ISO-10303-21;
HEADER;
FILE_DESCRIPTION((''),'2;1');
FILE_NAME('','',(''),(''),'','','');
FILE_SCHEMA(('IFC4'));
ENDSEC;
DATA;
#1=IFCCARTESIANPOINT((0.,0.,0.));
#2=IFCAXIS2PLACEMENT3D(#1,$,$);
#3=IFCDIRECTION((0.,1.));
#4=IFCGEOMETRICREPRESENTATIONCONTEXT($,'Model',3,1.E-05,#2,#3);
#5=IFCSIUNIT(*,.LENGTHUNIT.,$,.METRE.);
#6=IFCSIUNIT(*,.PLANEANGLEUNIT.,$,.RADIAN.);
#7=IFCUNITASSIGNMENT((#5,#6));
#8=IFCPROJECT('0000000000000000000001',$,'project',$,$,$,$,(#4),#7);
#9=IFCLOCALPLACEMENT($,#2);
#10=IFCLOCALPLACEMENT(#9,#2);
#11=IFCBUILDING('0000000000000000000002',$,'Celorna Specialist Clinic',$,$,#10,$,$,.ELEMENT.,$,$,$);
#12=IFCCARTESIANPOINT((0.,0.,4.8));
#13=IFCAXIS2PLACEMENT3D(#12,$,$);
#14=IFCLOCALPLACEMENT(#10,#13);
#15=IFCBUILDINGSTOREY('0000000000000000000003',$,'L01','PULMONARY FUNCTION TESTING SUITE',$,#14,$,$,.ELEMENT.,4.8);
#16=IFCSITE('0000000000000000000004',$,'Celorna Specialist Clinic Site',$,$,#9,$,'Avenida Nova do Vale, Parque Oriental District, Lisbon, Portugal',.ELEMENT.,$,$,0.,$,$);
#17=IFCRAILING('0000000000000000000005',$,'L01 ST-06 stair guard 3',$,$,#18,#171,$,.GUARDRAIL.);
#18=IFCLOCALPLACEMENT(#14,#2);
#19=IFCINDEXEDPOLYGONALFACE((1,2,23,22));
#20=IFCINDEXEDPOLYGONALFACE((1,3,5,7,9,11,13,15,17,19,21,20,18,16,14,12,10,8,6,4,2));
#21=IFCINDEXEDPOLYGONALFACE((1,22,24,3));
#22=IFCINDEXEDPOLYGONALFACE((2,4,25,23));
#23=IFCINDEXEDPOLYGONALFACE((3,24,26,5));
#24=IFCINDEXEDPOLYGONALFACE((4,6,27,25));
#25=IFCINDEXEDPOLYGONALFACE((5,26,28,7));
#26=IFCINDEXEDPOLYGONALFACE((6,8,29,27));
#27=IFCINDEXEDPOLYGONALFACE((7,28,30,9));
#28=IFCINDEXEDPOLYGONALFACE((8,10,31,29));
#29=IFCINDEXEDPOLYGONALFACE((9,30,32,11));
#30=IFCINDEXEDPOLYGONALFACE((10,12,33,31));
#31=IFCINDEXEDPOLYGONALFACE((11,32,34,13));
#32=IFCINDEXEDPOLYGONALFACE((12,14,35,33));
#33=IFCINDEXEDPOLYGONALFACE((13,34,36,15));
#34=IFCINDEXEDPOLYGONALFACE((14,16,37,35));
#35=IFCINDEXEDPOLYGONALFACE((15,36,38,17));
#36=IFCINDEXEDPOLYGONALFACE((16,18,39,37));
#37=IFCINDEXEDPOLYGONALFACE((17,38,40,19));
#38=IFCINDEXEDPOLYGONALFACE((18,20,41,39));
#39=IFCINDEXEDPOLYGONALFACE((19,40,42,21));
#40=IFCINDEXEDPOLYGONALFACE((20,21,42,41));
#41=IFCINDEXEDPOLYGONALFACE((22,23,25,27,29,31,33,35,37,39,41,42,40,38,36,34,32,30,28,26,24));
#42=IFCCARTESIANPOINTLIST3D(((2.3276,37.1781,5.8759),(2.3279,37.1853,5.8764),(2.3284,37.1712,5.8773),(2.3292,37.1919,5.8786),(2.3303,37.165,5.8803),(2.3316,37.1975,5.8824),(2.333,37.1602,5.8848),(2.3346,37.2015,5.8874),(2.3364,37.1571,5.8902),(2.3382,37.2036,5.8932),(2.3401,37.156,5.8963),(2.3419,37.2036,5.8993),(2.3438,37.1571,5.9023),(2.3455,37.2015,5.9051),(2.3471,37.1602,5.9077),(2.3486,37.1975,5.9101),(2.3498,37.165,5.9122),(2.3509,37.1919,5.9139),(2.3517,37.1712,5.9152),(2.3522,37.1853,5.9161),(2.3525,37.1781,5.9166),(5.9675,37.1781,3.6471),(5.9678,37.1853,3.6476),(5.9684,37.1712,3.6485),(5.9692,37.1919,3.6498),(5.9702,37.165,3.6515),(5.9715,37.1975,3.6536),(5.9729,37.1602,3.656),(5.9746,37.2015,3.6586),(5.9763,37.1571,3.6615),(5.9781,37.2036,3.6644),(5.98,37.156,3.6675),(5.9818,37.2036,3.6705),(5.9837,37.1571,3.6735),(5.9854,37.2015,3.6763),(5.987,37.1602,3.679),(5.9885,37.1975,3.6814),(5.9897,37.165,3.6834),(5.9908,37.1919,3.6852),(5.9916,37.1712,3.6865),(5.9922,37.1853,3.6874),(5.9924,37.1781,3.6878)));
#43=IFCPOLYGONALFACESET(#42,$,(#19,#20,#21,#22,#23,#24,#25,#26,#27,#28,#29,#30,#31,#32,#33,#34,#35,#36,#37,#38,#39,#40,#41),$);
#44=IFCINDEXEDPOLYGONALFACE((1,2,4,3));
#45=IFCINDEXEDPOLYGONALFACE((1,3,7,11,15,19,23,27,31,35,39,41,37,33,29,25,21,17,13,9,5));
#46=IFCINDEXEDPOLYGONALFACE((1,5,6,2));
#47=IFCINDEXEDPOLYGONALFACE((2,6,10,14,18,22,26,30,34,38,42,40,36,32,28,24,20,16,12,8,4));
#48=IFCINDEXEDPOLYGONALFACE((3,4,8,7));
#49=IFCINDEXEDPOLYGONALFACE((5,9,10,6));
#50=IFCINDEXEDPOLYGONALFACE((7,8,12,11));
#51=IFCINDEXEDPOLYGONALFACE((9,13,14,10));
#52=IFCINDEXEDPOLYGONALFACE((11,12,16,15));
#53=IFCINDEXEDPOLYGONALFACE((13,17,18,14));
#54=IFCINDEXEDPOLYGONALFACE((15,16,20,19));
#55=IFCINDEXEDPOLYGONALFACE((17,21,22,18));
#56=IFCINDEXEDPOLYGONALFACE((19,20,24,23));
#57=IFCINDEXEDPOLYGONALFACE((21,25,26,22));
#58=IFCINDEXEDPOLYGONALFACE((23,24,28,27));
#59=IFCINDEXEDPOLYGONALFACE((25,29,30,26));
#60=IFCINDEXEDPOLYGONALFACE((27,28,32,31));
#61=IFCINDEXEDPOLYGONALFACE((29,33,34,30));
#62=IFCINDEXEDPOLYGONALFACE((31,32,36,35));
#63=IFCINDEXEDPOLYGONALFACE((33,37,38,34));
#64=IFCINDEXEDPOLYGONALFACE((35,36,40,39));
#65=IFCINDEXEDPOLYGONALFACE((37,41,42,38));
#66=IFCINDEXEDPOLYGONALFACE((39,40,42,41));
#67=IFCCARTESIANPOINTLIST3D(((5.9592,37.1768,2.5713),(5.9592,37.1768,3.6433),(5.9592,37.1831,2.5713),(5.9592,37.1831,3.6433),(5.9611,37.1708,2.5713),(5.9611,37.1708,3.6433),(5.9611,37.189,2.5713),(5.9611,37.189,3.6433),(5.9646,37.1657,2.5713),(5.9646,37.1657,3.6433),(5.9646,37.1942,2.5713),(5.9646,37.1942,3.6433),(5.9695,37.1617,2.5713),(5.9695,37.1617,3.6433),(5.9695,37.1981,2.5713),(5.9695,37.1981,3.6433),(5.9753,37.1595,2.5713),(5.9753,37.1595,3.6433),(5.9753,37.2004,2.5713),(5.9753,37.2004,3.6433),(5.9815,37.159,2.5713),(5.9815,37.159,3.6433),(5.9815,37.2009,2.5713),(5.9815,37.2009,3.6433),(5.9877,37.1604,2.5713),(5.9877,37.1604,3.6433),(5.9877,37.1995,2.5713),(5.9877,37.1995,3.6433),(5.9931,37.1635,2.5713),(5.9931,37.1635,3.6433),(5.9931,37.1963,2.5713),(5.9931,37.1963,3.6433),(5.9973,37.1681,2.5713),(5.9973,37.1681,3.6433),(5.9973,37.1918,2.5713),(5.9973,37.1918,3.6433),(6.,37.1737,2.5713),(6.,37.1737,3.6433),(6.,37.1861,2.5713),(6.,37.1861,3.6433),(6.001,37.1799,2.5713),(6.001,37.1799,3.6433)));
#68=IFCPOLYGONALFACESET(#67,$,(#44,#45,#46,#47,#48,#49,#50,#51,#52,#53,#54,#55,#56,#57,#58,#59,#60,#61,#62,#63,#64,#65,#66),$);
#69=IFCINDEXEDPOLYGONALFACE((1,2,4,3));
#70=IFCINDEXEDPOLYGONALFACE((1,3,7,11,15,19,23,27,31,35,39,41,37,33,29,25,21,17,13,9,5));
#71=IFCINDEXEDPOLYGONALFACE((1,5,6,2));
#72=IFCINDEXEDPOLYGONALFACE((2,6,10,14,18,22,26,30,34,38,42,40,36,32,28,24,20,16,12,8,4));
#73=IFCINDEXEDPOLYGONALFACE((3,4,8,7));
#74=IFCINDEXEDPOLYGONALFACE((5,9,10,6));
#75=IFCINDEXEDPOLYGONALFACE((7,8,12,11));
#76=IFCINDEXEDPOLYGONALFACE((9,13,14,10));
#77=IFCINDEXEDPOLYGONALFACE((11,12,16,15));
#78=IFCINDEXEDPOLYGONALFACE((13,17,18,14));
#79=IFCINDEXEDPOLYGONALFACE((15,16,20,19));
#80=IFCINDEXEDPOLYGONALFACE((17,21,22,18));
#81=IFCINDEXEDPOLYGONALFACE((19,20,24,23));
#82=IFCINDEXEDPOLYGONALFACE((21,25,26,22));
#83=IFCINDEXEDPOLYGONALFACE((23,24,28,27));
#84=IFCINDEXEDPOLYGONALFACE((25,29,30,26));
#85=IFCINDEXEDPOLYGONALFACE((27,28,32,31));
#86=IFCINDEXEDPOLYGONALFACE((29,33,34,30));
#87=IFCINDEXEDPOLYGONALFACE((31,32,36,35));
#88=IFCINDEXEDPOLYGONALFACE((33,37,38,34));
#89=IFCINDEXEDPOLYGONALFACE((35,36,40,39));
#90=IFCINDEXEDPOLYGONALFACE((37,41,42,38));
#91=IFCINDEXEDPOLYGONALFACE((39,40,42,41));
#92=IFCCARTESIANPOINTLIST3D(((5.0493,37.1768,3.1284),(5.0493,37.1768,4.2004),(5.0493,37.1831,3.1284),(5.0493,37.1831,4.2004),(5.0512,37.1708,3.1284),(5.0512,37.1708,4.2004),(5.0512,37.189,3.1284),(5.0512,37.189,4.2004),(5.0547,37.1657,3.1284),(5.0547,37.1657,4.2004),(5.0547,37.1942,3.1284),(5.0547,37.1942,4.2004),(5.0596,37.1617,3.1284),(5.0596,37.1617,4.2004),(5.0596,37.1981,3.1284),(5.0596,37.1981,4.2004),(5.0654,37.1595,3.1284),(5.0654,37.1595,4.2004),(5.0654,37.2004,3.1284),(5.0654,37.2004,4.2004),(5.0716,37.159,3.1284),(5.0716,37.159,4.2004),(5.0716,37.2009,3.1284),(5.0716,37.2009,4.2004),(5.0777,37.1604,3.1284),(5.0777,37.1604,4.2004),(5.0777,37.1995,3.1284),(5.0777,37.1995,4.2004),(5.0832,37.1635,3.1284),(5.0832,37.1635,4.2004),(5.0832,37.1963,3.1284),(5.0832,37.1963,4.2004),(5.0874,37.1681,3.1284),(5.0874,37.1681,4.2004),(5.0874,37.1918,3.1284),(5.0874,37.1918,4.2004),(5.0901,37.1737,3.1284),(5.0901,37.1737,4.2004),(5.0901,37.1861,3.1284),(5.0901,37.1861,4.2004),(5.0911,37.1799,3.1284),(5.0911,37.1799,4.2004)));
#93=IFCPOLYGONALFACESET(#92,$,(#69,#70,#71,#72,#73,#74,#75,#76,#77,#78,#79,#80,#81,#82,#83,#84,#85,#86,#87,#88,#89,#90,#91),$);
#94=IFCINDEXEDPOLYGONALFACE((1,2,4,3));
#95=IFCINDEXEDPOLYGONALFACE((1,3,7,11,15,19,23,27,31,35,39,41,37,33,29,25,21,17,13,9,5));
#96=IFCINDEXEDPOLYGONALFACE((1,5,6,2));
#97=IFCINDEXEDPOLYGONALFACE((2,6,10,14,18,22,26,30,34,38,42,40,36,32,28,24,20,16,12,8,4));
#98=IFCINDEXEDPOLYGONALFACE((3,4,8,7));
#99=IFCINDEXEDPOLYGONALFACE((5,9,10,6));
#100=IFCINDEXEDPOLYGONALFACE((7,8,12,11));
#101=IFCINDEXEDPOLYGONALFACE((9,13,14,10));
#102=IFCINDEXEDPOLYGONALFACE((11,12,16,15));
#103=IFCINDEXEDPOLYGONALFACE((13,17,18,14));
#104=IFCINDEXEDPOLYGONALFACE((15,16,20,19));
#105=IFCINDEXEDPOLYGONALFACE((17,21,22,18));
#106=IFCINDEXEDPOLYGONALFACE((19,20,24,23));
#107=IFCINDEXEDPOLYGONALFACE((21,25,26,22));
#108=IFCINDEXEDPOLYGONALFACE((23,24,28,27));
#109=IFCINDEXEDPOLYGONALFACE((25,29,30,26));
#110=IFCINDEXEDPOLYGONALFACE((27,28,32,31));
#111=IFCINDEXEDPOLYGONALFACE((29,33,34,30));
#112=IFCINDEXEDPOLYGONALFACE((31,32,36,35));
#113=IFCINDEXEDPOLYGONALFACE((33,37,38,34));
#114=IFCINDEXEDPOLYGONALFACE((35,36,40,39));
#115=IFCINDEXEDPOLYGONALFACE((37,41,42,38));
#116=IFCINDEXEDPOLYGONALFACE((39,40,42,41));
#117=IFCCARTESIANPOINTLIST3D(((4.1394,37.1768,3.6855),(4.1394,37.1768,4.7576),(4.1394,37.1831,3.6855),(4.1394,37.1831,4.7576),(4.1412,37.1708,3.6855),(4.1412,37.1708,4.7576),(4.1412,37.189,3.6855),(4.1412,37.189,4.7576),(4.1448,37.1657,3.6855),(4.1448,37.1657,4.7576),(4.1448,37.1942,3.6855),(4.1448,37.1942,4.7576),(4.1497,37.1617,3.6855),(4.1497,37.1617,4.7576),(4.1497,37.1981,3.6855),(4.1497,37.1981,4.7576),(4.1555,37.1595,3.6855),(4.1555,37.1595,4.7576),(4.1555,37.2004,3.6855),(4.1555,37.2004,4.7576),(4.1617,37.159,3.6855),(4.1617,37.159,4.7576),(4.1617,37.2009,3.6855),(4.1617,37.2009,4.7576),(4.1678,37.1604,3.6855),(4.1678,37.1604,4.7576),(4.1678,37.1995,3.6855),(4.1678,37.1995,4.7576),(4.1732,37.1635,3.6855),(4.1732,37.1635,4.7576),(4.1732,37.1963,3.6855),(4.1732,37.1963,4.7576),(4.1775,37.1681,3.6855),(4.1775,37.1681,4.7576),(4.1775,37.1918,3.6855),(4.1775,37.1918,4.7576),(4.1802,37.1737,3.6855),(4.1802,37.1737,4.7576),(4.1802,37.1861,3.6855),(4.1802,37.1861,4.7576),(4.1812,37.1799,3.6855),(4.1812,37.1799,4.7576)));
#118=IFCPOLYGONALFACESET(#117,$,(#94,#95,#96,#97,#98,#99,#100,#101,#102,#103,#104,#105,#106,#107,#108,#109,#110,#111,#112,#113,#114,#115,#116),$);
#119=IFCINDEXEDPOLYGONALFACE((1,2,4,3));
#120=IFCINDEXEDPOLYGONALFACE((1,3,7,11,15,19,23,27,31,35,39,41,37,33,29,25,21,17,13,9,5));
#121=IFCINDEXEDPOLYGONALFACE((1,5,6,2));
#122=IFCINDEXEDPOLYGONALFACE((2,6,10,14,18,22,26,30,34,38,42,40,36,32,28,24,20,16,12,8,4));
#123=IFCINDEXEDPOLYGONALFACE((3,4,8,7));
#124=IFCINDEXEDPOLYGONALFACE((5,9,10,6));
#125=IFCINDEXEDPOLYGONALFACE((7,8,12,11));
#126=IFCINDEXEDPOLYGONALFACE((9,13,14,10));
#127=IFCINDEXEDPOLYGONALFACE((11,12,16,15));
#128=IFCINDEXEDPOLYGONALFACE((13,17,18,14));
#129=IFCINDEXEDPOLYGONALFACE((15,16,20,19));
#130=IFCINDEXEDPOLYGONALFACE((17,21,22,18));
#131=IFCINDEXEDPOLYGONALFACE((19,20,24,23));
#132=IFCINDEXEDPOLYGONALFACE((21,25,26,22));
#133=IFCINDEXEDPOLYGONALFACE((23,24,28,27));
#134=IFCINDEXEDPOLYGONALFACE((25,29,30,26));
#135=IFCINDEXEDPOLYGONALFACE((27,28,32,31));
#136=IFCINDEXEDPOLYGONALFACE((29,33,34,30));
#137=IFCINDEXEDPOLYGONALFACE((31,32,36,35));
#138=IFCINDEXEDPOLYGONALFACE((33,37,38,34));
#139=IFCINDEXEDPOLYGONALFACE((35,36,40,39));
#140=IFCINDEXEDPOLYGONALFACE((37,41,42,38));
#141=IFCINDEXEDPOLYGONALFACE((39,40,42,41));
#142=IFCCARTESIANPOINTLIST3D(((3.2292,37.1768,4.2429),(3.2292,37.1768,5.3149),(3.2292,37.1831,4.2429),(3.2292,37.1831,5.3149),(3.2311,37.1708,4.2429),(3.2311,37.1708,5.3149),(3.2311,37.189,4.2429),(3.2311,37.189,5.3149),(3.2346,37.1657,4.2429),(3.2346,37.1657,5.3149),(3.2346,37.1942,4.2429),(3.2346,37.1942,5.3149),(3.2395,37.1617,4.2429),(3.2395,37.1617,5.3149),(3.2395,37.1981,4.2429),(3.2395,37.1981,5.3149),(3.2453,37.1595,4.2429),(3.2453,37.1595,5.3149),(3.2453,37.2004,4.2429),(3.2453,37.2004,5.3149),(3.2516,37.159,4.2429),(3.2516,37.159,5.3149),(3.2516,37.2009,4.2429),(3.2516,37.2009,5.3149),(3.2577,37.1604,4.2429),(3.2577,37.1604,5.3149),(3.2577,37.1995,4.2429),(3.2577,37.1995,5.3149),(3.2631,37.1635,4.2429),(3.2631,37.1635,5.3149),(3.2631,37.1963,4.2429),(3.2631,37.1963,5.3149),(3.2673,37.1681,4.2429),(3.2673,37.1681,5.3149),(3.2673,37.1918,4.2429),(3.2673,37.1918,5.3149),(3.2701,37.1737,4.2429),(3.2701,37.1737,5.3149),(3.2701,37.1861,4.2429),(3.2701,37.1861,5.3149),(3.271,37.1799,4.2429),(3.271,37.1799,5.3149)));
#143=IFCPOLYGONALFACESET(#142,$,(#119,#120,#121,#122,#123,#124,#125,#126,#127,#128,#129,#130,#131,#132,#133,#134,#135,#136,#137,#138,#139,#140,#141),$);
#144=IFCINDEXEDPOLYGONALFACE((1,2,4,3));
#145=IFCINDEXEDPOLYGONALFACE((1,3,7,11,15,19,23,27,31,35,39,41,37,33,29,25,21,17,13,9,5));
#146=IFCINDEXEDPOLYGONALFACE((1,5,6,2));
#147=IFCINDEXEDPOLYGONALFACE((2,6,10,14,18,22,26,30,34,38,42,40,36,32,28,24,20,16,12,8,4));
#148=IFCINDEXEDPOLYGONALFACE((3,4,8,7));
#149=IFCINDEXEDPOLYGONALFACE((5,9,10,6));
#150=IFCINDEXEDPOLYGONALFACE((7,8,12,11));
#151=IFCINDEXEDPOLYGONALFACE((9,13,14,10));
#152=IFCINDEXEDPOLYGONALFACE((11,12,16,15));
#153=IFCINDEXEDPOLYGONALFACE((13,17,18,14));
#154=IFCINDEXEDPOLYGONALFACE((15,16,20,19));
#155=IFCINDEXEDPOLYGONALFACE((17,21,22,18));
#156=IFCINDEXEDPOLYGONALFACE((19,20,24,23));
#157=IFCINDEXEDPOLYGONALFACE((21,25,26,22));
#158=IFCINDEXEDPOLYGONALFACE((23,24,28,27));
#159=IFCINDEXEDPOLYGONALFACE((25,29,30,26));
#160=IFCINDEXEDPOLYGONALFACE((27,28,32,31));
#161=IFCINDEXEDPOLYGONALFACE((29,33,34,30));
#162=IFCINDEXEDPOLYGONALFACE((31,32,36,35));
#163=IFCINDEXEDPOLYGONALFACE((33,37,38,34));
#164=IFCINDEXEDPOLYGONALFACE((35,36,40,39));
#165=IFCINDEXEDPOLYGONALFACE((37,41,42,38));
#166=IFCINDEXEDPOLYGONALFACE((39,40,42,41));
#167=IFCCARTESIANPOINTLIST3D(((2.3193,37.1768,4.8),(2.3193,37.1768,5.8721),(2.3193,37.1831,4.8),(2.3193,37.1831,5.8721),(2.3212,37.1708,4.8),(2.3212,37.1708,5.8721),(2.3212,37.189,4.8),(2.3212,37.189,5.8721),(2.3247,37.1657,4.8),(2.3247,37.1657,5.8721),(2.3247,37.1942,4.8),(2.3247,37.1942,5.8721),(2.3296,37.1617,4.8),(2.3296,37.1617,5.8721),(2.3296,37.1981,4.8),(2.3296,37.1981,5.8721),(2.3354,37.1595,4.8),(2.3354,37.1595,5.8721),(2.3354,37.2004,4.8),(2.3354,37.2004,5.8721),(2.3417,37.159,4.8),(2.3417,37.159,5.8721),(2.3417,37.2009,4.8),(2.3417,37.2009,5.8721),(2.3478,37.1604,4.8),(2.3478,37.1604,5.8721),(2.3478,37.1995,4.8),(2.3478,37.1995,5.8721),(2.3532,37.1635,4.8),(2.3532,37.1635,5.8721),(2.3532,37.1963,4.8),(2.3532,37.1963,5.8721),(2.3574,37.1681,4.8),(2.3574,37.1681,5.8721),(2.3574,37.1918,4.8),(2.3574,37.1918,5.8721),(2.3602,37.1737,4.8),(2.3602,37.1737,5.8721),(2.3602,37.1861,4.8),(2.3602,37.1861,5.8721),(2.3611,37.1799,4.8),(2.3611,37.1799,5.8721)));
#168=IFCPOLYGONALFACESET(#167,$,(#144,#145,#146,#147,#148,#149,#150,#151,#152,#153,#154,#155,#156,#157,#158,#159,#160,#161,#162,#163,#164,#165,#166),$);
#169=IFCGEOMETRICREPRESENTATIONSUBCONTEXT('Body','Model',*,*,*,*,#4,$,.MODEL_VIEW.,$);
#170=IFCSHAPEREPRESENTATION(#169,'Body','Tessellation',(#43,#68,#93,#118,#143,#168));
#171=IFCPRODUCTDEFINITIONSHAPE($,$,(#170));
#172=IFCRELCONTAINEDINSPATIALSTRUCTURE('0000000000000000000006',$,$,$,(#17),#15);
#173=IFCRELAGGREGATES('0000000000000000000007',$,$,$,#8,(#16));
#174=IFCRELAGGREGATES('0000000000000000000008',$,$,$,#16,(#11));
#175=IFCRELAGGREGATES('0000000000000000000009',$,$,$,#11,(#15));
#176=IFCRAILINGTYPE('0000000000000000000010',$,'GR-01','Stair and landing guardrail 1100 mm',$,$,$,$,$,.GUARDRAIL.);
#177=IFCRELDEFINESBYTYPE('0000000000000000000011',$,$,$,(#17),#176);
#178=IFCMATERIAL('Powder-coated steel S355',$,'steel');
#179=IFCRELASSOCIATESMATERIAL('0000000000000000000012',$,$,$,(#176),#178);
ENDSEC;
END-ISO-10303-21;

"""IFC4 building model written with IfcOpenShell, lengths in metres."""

from ifc_helpers import new_model, si_unit, direction, frame, origin, origin_2d, place, context, subcontext, project, spatial, circle, extrude, material, type_object, element, save


model = new_model("IFC4")

# Units and contexts
model_context = context("Model", 3, precision=1e-05, world=origin(), true_north=direction((0.0, 1.0)))
body_context = subcontext(model_context, "Body", "Model", "MODEL_VIEW")
ifc_project = project(units=[si_unit("LENGTHUNIT", "METRE"), si_unit("PLANEANGLEUNIT", "RADIAN")], contexts=[model_context])

# Site, building, storey
site_placement = place(None, origin())
site = spatial("IfcSite", under=ifc_project, at=site_placement, Name="Celorna Specialist Clinic Site", LongName="Avenida Nova do Vale, Parque Oriental District, Lisbon, Portugal", CompositionType="ELEMENT", RefElevation=0.0)
building_placement = place(site_placement, origin())
building = spatial("IfcBuilding", under=site, at=building_placement, Name="Celorna Specialist Clinic", CompositionType="ELEMENT")
storey_placement = place(building_placement, frame((0.0, 0.0, 4.8)))
storey = spatial("IfcBuildingStorey", under=building, at=storey_placement, Name="L01", Description="PULMONARY FUNCTION TESTING SUITE", CompositionType="ELEMENT", Elevation=4.8)

# Railing
ifc_material_1 = material(Name="Powder-coated steel S355", Category="steel")
railing_type_1 = type_object("IfcRailingType", Name="GR-01", Description="Stair and landing guardrail 1100 mm", PredefinedType="GUARDRAIL", material=ifc_material_1)
railing_1_placement = place(storey_placement, frame((5.98, 37.1799, 2.5713)))
element("IfcRailing", 1, at=railing_1_placement, inside=storey, type_object=railing_type_1, Name="L01 ST-06 stair guard 3", PredefinedType="GUARDRAIL", context=body_context, shape_type="SweptSolid", body=[
    extrude(circle(Radius=0.0239, at=origin_2d()), frame((0.0, 0.0, 1.0962), z_axis=(-0.852825, 0.0, 0.522197), x_axis=(0.0, -1.0, 0.0)), (0.0, 0.0, 1.0), 4.2681),
    extrude(circle(Radius=0.021, at=origin_2d()), origin(), (0.0, 0.0, 1.0), 1.072),
    extrude(circle(Radius=0.021, at=origin_2d()), frame((-0.9099, 0.0, 0.5571)), (0.0, 0.0, 1.0), 1.072),
    extrude(circle(Radius=0.021, at=origin_2d()), frame((-1.8198, 0.0, 1.1143)), (0.0, 0.0, 1.0), 1.072),
    extrude(circle(Radius=0.021, at=origin_2d()), frame((-2.73, 0.0, 1.6716)), (0.0, 0.0, 1.0), 1.072),
    extrude(circle(Radius=0.021, at=origin_2d()), frame((-3.6399, 0.0, 2.2288)), (0.0, 0.0, 1.0), 1.072),
])

save(model, "model.ifc")
